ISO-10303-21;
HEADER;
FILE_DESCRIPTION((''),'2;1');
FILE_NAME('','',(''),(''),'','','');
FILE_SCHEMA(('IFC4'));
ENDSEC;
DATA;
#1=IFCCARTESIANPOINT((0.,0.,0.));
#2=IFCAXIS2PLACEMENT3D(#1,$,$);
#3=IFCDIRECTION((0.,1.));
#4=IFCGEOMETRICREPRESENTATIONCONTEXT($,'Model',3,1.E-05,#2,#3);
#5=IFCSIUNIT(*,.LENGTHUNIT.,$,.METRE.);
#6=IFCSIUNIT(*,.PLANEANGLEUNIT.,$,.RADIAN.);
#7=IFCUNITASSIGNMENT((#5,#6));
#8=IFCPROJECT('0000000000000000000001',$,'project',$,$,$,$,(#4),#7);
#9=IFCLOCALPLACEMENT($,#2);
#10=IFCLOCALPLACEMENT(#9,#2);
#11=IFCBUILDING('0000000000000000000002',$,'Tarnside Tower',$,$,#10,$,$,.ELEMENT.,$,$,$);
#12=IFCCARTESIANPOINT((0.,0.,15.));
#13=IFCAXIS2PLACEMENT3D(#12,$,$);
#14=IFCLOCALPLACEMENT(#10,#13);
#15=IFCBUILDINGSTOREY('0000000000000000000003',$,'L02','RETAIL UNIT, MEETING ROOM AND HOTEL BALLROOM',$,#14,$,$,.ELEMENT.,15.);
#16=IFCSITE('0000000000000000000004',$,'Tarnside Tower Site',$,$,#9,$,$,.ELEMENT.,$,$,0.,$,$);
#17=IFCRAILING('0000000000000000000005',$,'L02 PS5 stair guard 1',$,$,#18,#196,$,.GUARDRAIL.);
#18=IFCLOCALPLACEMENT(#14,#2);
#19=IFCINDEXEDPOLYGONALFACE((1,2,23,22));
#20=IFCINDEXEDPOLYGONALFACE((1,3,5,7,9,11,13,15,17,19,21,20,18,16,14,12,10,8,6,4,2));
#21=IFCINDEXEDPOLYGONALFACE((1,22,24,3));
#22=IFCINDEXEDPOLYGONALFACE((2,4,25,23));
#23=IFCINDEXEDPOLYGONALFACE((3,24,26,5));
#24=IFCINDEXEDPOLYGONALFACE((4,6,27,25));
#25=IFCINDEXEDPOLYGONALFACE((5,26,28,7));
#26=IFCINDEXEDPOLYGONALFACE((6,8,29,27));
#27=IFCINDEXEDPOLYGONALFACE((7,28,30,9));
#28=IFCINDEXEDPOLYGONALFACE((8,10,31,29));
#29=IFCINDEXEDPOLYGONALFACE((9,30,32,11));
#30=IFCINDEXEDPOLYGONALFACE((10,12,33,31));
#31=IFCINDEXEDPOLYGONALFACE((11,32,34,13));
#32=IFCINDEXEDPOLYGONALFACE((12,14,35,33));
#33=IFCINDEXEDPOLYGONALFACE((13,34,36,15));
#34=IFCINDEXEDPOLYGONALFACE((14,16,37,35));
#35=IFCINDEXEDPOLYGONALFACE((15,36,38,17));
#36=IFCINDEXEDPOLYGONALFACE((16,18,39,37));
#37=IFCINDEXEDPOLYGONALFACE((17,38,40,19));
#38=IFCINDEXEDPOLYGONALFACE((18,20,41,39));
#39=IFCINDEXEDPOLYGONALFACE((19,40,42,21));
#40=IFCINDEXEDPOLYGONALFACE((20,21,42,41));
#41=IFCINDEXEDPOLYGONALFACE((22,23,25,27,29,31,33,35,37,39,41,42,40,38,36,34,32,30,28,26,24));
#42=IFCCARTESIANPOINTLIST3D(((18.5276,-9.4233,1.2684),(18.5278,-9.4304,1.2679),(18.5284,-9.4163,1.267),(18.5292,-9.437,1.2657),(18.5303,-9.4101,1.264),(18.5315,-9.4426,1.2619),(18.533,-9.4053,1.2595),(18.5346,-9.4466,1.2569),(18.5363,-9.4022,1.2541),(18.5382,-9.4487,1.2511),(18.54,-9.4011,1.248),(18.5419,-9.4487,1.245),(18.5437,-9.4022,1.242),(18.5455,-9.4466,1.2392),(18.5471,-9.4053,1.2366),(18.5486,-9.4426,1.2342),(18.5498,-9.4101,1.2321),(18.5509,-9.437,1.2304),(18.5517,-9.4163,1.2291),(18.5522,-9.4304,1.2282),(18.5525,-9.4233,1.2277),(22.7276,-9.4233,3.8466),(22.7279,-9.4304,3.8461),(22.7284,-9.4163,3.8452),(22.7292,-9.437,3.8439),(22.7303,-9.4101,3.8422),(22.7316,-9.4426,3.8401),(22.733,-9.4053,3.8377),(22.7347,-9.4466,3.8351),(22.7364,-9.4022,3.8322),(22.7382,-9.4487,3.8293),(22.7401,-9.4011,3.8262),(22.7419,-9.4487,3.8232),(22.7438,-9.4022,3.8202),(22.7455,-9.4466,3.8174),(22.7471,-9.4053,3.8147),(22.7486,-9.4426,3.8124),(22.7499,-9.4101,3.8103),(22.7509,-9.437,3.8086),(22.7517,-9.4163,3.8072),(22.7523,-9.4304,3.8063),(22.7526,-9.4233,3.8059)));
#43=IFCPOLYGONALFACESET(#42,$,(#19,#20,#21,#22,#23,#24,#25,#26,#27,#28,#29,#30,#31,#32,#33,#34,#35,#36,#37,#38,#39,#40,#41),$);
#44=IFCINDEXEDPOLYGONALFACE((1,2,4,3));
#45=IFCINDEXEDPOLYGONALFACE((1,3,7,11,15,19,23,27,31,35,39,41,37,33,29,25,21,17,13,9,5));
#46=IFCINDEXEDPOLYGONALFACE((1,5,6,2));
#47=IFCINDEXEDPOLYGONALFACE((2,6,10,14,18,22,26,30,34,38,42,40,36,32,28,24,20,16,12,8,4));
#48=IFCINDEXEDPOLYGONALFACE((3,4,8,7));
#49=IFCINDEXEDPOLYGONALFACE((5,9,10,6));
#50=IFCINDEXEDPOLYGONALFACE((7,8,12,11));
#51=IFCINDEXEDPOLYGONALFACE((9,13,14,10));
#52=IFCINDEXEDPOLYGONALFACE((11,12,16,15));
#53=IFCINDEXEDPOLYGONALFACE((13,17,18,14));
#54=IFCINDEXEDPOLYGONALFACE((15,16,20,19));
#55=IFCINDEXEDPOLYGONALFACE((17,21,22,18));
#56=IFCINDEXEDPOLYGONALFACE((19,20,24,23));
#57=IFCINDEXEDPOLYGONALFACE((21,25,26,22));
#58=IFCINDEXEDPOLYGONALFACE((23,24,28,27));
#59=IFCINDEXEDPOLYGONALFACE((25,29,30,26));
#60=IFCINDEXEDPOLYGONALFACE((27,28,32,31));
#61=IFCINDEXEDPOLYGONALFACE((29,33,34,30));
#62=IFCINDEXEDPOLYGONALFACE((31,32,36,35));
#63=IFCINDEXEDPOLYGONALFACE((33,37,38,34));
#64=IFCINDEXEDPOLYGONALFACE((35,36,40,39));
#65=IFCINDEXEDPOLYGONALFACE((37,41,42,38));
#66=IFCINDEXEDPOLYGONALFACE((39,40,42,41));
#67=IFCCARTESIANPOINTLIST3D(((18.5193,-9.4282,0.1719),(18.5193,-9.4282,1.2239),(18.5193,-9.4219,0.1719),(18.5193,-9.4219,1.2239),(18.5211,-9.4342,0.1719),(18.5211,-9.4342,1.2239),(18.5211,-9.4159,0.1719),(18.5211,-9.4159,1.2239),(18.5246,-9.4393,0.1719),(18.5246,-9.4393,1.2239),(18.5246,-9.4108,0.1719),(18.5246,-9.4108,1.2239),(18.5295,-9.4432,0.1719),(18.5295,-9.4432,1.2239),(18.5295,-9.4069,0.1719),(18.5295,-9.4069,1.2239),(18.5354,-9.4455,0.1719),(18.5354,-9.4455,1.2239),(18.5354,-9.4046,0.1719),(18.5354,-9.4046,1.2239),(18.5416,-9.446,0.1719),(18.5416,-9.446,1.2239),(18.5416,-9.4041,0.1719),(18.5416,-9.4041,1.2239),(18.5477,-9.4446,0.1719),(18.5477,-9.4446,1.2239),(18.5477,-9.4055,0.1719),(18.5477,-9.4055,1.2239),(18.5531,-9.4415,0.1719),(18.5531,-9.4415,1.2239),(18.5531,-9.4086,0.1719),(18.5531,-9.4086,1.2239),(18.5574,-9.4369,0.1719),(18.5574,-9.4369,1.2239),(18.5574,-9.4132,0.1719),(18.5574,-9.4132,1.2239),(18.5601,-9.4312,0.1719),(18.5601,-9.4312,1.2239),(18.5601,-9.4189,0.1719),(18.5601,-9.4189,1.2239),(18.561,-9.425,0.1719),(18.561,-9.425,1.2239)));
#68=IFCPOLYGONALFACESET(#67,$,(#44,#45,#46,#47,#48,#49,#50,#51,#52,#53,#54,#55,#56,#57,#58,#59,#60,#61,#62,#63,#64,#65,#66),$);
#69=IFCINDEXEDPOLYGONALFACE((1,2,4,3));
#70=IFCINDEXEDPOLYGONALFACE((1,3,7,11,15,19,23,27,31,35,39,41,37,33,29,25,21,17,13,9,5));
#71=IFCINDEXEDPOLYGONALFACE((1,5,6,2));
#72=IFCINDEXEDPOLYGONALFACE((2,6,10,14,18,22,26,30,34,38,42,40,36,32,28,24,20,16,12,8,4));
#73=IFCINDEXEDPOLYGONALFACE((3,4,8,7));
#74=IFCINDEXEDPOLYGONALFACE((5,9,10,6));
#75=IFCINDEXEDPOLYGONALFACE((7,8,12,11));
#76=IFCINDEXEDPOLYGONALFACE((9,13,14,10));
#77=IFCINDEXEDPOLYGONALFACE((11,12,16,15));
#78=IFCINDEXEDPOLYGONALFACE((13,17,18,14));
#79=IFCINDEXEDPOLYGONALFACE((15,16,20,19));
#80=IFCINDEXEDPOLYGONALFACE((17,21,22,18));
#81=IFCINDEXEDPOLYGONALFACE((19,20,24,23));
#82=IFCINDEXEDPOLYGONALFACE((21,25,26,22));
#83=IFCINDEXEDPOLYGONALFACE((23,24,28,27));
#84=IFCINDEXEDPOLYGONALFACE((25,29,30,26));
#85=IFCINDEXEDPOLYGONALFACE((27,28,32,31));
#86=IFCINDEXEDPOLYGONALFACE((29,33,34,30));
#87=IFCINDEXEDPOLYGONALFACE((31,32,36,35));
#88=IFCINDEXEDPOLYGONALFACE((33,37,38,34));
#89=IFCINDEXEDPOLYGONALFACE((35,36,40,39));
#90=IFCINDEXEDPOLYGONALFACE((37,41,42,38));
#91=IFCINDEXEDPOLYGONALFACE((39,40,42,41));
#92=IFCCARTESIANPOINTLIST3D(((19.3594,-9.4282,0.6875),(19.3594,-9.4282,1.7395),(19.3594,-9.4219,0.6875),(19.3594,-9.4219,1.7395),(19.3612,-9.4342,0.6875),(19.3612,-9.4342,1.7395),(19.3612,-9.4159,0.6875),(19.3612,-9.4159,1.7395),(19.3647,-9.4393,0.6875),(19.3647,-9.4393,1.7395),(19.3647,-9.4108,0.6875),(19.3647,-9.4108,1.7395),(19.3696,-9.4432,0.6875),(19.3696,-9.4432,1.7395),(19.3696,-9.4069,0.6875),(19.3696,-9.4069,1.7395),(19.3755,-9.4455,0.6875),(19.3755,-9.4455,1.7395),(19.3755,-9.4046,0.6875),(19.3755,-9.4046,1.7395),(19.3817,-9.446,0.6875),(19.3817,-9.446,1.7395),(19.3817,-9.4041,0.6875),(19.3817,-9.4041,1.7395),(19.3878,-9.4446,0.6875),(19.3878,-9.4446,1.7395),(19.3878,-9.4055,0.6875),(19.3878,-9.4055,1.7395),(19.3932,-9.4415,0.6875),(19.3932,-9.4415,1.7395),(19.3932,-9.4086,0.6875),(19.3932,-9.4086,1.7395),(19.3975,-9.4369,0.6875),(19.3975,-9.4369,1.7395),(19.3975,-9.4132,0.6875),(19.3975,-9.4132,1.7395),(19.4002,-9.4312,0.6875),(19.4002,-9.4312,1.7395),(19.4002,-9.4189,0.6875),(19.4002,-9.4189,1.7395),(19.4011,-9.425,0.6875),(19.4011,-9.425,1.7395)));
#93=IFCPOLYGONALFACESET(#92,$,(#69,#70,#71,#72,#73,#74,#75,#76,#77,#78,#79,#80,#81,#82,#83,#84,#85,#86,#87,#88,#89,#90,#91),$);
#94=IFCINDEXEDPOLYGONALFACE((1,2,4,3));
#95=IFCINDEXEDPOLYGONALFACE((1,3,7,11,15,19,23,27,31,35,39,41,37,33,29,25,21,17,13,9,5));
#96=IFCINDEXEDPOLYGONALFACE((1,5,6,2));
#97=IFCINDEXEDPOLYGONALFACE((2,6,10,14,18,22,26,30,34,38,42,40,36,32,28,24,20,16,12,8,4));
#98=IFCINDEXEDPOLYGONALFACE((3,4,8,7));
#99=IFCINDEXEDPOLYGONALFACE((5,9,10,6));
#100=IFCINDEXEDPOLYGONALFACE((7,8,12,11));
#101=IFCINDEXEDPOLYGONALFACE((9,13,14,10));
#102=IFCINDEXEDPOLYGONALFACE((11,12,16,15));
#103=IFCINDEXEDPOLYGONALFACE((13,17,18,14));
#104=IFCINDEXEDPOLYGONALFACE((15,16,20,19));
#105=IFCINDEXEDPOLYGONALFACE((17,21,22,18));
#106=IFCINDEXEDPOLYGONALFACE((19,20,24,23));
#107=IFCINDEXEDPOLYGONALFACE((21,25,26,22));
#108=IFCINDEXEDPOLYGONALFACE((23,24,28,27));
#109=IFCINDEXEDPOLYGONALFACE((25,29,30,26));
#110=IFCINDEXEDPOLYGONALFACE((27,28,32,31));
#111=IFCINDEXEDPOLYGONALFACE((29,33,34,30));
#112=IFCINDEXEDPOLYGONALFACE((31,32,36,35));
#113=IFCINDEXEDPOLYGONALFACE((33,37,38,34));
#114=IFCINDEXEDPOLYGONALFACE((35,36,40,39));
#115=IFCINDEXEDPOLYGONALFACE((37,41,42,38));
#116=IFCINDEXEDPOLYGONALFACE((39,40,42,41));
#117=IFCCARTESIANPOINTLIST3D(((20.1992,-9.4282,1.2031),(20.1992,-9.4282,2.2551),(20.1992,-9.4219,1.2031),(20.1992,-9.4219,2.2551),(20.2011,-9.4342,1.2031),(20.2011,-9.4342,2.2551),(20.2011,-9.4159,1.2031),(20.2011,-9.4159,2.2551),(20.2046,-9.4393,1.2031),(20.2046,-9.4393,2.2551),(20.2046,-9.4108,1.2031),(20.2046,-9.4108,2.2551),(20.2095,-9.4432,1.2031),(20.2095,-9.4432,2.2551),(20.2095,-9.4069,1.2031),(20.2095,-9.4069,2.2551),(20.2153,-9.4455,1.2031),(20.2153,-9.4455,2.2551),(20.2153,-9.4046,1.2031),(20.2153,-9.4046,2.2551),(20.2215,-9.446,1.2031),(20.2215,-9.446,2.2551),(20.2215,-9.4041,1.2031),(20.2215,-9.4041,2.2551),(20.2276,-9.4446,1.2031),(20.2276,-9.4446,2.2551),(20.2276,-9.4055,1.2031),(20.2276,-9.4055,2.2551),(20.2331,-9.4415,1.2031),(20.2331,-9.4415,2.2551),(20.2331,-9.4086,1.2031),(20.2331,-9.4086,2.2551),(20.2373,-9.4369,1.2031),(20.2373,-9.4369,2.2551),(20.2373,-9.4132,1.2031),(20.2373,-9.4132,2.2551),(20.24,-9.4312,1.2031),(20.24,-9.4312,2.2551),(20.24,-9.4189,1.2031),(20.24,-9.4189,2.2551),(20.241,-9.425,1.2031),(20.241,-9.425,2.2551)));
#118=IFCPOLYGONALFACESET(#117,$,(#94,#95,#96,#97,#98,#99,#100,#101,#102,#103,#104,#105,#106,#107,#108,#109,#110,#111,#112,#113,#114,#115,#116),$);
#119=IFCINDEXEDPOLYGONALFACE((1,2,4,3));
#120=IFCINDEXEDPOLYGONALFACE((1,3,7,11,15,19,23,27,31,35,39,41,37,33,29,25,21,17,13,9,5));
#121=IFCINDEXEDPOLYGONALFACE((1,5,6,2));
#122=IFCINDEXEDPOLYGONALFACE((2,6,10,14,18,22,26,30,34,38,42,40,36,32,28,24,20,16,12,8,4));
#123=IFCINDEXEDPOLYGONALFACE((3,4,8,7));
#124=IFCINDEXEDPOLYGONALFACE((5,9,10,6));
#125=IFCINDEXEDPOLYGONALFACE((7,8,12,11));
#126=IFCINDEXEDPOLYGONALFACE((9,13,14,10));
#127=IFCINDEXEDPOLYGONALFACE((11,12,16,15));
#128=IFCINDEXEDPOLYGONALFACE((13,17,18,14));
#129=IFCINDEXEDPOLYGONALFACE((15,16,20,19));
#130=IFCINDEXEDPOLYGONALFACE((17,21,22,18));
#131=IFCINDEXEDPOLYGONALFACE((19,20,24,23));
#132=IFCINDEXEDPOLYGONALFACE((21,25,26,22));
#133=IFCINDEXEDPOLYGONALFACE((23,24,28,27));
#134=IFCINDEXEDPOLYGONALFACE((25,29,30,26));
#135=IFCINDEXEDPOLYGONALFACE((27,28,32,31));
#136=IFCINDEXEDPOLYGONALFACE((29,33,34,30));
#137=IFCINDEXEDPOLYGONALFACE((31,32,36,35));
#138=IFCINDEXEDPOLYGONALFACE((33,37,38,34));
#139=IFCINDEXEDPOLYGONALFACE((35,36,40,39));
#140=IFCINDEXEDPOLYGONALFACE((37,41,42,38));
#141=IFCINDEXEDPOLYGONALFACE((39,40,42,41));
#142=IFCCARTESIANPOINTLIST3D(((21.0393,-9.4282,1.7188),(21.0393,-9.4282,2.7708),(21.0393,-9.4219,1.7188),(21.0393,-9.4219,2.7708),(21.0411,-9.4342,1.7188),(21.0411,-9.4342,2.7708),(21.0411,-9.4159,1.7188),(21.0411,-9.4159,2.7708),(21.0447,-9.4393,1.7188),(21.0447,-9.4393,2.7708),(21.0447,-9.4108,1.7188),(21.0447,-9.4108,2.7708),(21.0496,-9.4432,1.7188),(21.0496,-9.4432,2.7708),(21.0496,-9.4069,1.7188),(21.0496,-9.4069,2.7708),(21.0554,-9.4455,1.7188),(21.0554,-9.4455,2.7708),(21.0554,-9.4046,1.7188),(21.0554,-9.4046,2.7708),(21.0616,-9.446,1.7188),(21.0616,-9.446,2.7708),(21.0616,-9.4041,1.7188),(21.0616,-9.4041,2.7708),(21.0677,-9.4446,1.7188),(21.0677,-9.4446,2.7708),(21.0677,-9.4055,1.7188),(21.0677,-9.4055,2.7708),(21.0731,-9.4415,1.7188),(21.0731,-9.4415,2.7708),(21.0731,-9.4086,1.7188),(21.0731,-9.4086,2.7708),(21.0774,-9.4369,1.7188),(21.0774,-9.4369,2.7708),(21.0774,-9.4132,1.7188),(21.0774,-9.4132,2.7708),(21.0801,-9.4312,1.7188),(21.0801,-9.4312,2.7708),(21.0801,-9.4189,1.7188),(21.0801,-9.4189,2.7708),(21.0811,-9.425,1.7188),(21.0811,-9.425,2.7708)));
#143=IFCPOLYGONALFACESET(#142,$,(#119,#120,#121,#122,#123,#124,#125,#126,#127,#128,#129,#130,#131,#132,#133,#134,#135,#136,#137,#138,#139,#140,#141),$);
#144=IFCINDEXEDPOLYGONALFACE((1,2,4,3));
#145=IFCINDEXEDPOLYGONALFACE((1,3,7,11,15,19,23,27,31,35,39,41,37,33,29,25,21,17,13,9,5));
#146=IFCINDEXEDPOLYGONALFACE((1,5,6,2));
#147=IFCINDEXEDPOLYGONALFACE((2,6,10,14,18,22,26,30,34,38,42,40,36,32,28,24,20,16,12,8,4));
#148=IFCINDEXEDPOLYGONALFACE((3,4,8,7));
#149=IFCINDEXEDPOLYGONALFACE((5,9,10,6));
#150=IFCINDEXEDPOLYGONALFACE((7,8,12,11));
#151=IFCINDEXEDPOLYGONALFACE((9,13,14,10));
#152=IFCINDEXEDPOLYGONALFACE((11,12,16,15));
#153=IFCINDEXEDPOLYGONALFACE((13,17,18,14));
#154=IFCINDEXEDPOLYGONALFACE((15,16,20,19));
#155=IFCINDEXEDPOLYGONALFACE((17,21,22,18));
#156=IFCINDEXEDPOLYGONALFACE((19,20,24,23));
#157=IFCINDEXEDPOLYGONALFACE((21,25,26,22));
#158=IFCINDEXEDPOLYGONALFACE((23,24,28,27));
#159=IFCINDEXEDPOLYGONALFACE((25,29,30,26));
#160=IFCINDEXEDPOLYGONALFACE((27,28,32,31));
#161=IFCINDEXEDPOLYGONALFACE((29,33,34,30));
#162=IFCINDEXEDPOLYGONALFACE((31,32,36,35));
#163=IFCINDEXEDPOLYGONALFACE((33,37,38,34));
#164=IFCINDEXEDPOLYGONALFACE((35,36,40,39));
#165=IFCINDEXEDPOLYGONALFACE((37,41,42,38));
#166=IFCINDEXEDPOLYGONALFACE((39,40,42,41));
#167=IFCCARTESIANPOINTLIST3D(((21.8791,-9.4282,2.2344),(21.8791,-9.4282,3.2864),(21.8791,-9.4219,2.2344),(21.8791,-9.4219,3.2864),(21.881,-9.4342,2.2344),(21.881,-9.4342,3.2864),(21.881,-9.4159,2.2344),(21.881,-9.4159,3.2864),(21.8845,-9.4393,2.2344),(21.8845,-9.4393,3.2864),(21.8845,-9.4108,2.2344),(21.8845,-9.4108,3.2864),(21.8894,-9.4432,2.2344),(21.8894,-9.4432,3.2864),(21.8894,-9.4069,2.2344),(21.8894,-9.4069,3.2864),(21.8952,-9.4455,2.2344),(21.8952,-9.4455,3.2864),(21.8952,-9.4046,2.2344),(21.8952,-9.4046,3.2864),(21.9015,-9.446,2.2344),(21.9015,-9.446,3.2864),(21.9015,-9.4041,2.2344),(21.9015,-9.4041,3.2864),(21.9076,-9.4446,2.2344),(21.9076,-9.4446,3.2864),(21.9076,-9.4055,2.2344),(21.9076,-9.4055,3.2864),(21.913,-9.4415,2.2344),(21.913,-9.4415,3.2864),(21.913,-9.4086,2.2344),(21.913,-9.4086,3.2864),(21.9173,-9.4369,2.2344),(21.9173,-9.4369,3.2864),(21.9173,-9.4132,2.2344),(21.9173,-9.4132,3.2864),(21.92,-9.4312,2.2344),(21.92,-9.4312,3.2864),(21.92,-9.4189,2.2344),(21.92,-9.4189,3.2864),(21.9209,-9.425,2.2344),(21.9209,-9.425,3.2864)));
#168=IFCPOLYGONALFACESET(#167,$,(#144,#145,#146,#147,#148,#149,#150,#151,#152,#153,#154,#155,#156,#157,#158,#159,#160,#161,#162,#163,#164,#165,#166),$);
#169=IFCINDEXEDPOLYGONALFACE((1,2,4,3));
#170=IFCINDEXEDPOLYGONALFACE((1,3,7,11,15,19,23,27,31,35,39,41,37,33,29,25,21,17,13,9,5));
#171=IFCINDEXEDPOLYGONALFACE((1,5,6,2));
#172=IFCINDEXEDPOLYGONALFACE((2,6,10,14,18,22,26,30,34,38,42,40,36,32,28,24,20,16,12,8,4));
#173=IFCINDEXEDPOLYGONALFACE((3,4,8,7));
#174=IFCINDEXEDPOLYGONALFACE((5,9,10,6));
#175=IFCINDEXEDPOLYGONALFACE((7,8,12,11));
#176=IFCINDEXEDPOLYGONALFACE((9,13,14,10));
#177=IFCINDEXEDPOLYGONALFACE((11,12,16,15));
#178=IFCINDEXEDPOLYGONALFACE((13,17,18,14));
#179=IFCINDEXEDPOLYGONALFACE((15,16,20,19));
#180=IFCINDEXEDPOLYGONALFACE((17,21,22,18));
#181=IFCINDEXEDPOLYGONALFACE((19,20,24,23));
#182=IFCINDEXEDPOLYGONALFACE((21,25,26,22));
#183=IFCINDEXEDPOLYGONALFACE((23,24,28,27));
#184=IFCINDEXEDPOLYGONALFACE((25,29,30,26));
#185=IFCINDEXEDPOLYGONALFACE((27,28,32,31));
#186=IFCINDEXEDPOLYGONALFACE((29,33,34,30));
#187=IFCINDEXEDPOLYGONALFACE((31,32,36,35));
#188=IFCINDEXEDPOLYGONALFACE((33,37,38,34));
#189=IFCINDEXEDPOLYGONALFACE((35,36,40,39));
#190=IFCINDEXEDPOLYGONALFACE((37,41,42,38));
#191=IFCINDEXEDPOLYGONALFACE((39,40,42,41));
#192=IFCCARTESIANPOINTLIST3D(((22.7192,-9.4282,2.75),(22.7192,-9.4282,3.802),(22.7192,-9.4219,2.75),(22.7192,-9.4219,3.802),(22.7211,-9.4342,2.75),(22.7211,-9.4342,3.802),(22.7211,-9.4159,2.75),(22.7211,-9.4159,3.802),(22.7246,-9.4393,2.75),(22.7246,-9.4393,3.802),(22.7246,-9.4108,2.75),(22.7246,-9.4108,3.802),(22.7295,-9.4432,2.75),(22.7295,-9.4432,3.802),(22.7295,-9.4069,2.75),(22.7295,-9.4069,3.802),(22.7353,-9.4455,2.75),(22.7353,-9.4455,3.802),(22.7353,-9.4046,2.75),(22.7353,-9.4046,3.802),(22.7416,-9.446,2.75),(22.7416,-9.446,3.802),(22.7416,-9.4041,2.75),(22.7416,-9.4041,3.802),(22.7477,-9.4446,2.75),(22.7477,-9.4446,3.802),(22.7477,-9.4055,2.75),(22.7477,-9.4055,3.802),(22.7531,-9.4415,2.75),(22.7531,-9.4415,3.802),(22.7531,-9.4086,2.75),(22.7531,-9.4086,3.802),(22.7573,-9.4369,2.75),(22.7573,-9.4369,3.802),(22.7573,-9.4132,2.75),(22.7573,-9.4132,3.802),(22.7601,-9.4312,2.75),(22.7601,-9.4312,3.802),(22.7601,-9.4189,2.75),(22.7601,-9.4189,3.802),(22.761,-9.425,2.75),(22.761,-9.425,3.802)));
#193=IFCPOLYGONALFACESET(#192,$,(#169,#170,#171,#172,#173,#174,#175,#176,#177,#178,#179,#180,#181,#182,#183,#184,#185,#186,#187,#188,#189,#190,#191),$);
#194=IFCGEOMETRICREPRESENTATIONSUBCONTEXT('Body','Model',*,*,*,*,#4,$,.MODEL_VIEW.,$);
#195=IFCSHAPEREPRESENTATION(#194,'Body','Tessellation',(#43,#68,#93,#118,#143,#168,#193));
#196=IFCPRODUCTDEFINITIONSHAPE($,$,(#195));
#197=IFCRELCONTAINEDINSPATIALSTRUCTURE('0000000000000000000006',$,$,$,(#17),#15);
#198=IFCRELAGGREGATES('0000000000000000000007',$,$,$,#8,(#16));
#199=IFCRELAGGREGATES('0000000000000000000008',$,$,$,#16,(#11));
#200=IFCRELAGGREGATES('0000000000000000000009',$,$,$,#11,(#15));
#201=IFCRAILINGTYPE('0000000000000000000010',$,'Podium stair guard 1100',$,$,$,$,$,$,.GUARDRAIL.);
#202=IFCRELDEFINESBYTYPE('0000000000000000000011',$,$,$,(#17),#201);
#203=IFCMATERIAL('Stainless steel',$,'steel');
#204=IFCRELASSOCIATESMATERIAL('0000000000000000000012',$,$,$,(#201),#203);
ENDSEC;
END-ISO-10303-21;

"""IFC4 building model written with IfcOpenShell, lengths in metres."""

from ifc_helpers import new_model, si_unit, direction, frame, origin, origin_2d, place, context, subcontext, project, spatial, circle, extrude, material, type_object, element, save


model = new_model("IFC4")

# Units and contexts
model_context = context("Model", 3, precision=1e-05, world=origin(), true_north=direction((0.0, 1.0)))
body_context = subcontext(model_context, "Body", "Model", "MODEL_VIEW")
ifc_project = project(units=[si_unit("LENGTHUNIT", "METRE"), si_unit("PLANEANGLEUNIT", "RADIAN")], contexts=[model_context])

# Site, building, storey
site_placement = place(None, origin())
site = spatial("IfcSite", under=ifc_project, at=site_placement, Name="Tarnside Tower Site", CompositionType="ELEMENT", RefElevation=0.0)
building_placement = place(site_placement, origin())
building = spatial("IfcBuilding", under=site, at=building_placement, Name="Tarnside Tower", CompositionType="ELEMENT")
storey_placement = place(building_placement, frame((0.0, 0.0, 15.0)))
storey = spatial("IfcBuildingStorey", under=building, at=storey_placement, Name="L02", Description="RETAIL UNIT, MEETING ROOM AND HOTEL BALLROOM", CompositionType="ELEMENT", Elevation=15.0)

# Railing
ifc_material_1 = material(Name="Stainless steel", Category="steel")
railing_type_1 = type_object("IfcRailingType", Name="Podium stair guard 1100", PredefinedType="GUARDRAIL", material=ifc_material_1)
railing_1_placement = place(storey_placement, frame((18.54, -9.425, 0.1719)))
element("IfcRailing", 1, at=railing_1_placement, inside=storey, type_object=railing_type_1, Name="L02 PS5 stair guard 1", PredefinedType="GUARDRAIL", context=body_context, shape_type="SweptSolid", body=[
    extrude(circle(Radius=0.0239, at=origin_2d()), frame((0.0, 0.0, 1.0762), z_axis=(0.852243, 0.0, 0.523146), x_axis=(0.0, 1.0, 0.0)), (0.0, 0.0, 1.0), 4.9282),
    extrude(circle(Radius=0.021, at=origin_2d()), origin(), (0.0, 0.0, 1.0), 1.052),
    extrude(circle(Radius=0.021, at=origin_2d()), frame((0.8401, 0.0, 0.5156)), (0.0, 0.0, 1.0), 1.052),
    extrude(circle(Radius=0.021, at=origin_2d()), frame((1.6799, 0.0, 1.0312)), (0.0, 0.0, 1.0), 1.052),
    extrude(circle(Radius=0.021, at=origin_2d()), frame((2.52, 0.0, 1.5469)), (0.0, 0.0, 1.0), 1.052),
    extrude(circle(Radius=0.021, at=origin_2d()), frame((3.3599, 0.0, 2.0625)), (0.0, 0.0, 1.0), 1.052),
    extrude(circle(Radius=0.021, at=origin_2d()), frame((4.2, 0.0, 2.5781)), (0.0, 0.0, 1.0), 1.052),
])

save(model, "model.ifc")
